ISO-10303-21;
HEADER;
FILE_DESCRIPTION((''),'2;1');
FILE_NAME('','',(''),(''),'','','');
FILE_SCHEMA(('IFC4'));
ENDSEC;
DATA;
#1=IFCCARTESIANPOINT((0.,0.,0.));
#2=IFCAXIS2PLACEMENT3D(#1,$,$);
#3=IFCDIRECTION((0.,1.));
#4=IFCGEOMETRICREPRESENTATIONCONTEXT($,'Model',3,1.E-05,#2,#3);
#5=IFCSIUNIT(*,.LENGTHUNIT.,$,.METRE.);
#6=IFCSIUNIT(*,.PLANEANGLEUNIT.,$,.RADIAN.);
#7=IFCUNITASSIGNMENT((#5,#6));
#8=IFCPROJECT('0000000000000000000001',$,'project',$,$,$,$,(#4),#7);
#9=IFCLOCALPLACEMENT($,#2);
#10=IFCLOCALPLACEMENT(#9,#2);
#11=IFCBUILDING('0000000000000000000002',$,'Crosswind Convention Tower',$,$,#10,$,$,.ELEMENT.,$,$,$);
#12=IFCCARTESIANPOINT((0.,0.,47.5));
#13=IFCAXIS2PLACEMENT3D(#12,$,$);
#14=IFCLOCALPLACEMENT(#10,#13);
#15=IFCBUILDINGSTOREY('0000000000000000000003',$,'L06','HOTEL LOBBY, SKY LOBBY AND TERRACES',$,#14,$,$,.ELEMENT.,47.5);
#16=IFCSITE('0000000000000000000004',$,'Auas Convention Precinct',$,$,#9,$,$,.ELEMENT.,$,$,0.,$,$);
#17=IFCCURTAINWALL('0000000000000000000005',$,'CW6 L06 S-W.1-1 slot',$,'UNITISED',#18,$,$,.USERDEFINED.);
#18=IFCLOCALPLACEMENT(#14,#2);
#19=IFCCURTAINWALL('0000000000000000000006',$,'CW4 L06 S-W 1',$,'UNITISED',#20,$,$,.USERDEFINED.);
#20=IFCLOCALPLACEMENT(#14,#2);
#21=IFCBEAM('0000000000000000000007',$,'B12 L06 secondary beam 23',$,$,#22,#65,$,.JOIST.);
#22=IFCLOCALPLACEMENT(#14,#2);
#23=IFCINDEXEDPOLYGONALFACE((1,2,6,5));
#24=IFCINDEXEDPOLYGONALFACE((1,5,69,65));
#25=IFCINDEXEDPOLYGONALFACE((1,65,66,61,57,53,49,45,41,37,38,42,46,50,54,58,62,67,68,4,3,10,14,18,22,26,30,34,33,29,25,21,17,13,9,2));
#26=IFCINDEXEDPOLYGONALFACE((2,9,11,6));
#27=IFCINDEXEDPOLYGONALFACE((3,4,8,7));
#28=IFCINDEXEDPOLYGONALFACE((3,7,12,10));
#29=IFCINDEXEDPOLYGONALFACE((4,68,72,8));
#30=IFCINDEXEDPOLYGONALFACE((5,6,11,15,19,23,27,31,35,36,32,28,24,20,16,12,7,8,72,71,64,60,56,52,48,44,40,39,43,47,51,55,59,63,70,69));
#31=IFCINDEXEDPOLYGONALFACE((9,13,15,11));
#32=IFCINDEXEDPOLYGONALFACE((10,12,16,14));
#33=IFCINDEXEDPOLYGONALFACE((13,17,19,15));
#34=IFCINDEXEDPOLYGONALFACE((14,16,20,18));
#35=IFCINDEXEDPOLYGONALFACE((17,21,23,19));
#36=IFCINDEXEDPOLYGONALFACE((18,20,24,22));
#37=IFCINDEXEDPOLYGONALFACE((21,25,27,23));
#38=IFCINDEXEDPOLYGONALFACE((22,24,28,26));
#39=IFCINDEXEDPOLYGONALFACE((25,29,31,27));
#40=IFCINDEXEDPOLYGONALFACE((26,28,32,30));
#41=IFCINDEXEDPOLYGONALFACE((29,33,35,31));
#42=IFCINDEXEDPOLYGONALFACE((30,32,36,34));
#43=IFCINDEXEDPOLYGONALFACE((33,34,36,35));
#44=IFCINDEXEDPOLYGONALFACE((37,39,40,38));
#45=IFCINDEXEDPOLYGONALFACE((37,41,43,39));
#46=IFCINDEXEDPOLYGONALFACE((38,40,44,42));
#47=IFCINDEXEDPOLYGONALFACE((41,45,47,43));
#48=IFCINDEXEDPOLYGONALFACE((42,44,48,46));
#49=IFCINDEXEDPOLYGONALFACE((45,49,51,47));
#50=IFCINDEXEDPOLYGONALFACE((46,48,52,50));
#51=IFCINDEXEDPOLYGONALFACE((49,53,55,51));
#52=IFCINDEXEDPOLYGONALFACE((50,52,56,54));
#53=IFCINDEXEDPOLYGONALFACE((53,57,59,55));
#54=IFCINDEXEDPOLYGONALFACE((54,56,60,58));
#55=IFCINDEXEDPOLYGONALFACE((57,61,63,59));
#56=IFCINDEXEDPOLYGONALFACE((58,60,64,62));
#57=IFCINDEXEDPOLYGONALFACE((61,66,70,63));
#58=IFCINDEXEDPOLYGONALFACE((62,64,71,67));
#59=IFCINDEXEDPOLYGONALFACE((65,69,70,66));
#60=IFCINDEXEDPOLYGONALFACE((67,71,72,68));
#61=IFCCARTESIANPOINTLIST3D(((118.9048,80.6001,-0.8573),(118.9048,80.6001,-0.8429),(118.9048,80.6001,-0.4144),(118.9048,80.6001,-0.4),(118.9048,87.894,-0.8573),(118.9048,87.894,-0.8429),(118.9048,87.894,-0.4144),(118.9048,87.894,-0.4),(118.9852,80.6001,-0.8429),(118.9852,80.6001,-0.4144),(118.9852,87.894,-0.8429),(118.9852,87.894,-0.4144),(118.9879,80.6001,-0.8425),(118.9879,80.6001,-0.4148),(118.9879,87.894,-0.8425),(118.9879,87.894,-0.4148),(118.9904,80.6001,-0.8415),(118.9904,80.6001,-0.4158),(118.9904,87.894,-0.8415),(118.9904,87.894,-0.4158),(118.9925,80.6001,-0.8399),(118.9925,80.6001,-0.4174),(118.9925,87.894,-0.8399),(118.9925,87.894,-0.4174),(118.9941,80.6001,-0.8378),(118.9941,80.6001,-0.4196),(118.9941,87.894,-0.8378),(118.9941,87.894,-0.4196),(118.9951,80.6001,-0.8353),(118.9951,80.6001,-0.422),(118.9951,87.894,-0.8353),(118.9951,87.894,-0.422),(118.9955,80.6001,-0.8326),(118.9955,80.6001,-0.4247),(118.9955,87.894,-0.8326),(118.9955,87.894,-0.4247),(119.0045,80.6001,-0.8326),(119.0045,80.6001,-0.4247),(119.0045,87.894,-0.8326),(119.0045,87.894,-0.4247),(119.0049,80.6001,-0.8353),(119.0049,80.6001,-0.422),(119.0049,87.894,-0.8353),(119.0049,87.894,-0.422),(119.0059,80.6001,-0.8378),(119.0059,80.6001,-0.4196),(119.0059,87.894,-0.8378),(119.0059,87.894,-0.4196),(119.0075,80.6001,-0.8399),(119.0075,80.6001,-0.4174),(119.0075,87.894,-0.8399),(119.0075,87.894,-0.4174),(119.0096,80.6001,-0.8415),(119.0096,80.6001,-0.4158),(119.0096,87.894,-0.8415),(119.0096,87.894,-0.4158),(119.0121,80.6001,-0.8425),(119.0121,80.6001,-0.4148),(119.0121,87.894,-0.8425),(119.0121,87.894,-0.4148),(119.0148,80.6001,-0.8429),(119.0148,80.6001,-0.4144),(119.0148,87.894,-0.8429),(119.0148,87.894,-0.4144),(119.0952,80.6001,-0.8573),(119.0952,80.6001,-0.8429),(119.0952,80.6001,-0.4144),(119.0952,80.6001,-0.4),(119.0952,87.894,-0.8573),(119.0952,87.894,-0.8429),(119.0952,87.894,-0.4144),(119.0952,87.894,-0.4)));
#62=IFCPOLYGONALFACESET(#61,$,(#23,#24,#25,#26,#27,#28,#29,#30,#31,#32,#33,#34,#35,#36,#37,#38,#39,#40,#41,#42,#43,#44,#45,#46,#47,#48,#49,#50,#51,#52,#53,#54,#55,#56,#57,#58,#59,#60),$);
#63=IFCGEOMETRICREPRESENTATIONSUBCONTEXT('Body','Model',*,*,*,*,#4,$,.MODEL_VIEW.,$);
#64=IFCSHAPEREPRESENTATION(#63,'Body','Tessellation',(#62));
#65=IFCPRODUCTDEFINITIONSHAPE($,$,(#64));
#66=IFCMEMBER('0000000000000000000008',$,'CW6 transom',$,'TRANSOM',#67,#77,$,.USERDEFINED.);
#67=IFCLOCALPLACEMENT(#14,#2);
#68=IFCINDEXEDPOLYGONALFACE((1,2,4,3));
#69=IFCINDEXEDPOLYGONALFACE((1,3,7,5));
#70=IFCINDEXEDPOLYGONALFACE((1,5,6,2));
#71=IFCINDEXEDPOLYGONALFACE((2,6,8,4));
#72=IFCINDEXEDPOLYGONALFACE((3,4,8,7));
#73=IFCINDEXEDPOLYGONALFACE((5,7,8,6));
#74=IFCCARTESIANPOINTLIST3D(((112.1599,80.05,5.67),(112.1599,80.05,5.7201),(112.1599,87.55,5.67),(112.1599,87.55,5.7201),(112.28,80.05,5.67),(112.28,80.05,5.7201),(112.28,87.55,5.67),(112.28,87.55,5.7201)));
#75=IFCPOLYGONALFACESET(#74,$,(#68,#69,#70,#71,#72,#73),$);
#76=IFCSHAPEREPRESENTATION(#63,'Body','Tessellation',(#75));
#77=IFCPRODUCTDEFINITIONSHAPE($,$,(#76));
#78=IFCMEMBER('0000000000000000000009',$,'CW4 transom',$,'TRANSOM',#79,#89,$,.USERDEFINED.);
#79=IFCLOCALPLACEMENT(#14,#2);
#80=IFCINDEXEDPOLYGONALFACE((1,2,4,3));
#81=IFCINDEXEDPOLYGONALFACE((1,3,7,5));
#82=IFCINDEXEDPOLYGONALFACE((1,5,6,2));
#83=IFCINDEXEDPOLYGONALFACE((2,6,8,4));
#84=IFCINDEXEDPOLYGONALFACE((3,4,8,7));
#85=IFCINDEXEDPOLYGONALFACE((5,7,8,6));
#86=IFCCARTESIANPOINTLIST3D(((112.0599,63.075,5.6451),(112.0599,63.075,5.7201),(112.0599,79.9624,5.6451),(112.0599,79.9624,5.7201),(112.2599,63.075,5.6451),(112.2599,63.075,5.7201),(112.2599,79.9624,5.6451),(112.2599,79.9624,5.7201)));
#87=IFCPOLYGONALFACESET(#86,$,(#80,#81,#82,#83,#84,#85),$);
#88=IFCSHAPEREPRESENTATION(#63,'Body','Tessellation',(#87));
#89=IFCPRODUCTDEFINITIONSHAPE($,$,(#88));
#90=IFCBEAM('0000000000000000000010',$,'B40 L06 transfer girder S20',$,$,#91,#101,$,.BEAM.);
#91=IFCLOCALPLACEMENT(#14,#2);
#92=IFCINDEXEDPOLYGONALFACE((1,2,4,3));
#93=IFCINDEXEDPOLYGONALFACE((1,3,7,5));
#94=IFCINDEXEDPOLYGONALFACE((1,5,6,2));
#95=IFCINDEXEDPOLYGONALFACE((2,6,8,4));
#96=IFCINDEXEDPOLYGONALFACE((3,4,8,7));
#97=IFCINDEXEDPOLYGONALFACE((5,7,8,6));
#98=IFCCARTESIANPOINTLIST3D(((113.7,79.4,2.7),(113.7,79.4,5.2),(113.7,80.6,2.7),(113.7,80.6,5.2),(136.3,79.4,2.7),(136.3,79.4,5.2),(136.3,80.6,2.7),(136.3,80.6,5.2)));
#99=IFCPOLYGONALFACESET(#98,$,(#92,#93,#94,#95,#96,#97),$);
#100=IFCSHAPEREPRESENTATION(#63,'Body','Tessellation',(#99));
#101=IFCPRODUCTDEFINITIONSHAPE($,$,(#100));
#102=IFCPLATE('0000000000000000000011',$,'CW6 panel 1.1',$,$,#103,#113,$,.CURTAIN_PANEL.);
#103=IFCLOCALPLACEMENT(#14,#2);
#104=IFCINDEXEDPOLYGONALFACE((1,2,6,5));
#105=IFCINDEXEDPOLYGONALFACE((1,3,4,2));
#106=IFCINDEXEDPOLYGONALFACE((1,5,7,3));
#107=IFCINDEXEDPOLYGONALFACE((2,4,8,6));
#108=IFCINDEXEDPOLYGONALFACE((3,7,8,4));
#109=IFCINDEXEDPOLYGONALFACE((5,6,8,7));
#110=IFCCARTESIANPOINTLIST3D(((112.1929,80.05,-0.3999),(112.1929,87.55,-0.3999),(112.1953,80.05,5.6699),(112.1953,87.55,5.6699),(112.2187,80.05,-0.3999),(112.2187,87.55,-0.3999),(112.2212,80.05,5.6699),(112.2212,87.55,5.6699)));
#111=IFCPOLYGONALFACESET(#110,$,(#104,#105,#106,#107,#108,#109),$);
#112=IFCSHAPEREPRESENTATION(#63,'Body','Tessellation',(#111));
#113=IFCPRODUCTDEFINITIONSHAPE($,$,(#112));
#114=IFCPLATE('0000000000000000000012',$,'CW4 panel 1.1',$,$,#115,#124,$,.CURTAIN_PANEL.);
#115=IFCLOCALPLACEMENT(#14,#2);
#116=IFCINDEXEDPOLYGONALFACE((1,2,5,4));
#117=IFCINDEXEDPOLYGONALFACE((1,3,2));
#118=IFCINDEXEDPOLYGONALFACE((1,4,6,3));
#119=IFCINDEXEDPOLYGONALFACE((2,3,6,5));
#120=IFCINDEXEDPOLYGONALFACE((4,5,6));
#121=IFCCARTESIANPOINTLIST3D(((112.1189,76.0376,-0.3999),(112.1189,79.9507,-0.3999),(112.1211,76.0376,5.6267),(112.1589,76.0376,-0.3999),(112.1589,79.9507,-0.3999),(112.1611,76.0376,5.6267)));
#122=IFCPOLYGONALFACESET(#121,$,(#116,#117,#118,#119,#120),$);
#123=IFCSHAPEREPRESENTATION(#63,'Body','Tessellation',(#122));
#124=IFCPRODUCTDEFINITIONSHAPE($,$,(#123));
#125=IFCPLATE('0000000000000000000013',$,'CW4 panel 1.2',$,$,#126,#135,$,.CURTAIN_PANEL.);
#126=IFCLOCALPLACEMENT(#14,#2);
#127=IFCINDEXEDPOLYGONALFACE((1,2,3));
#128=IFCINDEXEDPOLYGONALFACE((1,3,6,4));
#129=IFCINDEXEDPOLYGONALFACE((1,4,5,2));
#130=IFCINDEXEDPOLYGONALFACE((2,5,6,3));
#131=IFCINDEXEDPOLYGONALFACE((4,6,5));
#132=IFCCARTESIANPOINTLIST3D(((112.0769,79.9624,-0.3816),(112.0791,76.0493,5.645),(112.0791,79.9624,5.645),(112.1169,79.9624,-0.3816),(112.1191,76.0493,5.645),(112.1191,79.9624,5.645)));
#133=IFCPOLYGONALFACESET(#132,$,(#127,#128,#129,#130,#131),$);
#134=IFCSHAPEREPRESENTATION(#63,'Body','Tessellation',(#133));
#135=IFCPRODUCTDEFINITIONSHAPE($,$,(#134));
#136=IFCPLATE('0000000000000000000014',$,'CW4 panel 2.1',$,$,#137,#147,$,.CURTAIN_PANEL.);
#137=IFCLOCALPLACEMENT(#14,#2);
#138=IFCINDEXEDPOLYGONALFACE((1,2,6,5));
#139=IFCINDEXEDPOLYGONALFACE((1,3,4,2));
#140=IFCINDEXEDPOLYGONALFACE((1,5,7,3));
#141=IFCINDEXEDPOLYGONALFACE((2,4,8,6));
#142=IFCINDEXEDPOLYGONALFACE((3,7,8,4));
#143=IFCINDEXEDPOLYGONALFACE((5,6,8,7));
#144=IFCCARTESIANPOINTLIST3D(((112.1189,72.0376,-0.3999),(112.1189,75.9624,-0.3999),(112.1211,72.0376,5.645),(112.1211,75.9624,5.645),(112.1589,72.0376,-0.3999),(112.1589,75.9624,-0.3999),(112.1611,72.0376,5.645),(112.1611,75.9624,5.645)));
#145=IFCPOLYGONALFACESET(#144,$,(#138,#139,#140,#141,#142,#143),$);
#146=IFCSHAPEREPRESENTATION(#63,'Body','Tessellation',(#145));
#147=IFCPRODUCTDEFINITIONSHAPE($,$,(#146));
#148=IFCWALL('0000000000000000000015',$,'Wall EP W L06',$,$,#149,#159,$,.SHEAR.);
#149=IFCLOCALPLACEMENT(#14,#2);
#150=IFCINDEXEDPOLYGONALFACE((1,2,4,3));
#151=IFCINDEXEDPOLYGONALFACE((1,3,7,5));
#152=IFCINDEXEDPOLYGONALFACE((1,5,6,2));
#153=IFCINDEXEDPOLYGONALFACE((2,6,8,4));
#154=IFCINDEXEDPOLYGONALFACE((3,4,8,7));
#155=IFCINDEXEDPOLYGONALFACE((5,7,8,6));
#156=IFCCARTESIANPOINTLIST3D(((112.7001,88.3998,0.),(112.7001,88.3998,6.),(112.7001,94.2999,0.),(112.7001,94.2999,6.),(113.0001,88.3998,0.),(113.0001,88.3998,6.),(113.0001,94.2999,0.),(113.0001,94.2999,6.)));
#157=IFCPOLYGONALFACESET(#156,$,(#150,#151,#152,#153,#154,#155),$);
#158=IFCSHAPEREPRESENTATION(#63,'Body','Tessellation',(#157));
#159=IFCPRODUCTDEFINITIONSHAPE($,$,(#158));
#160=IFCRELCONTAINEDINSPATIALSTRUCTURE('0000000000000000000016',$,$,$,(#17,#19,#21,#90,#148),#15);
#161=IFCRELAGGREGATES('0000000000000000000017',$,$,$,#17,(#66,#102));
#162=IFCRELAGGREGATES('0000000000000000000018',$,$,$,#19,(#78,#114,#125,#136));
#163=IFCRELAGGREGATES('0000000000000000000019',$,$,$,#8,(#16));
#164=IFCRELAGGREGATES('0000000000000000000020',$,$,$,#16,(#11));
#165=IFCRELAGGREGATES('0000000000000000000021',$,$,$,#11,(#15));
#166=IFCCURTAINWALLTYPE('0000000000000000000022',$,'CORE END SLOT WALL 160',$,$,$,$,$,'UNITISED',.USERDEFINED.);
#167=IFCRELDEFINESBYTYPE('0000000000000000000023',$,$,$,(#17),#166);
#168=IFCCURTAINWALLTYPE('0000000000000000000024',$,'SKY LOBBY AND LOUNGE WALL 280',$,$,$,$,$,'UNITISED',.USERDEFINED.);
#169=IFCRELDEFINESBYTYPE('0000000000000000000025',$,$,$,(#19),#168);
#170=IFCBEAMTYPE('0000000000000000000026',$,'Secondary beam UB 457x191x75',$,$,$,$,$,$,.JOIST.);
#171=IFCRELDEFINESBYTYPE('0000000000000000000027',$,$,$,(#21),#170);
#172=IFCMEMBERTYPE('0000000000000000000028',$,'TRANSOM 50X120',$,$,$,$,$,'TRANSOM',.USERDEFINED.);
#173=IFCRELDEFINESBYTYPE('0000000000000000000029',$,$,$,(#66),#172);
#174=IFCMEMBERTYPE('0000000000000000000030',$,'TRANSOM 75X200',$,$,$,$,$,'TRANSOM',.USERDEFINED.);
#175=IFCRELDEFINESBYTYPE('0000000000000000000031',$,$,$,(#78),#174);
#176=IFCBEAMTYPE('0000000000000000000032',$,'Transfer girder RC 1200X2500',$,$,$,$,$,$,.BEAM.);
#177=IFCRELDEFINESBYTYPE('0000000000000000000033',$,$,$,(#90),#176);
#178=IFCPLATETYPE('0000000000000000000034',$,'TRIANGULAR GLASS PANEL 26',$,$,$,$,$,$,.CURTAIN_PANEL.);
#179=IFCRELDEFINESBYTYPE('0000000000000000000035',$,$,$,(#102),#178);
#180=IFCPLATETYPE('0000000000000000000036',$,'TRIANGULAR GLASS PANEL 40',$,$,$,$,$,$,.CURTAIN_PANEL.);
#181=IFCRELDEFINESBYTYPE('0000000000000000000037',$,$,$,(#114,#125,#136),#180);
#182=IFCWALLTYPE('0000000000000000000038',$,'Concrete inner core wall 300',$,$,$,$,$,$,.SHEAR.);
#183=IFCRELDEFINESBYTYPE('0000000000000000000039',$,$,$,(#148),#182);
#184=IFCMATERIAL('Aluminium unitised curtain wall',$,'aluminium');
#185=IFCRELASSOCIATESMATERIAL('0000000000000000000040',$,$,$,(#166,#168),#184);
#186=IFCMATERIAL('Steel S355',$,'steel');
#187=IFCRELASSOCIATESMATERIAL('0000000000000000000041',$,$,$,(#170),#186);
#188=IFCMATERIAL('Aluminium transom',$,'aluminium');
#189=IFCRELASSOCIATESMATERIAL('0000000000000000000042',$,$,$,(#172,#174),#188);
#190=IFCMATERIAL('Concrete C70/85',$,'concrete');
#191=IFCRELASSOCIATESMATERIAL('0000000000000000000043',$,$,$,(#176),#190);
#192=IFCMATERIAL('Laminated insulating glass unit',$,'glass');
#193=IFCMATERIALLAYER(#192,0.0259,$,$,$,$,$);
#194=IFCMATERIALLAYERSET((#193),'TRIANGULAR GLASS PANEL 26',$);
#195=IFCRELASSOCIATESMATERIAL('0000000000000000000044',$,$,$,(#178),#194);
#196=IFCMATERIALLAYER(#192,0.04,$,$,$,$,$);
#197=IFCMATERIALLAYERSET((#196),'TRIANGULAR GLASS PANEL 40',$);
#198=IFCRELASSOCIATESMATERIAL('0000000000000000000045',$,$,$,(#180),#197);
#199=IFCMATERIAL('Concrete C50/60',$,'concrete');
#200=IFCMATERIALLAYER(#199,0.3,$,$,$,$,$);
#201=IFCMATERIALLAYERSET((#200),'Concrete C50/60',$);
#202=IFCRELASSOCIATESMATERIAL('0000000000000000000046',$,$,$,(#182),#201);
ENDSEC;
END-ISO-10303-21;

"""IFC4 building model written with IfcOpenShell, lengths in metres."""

from ifc_helpers import new_model, si_unit, direction, frame, frame_2d, origin, origin_2d, place, context, subcontext, project, spatial, polyline, rectangle, i_section, outline, extrude, material, layer, layer_set, material_profile, profile_set, type_object, element, aggregate, save


model = new_model("IFC4")

# Units and contexts
model_context = context("Model", 3, precision=1e-05, world=origin(), true_north=direction((0.0, 1.0)))
body_context = subcontext(model_context, "Body", "Model", "MODEL_VIEW")
ifc_project = project(units=[si_unit("LENGTHUNIT", "METRE"), si_unit("PLANEANGLEUNIT", "RADIAN")], contexts=[model_context])

# Site, building, storey
site_placement = place(None, origin())
site = spatial("IfcSite", under=ifc_project, at=site_placement, Name="Auas Convention Precinct", CompositionType="ELEMENT", RefElevation=0.0)
building_placement = place(site_placement, origin())
building = spatial("IfcBuilding", under=site, at=building_placement, Name="Crosswind Convention Tower", CompositionType="ELEMENT")
storey_placement = place(building_placement, frame((0.0, 0.0, 47.5)))
storey = spatial("IfcBuildingStorey", under=building, at=storey_placement, Name="L06", Description="HOTEL LOBBY, SKY LOBBY AND TERRACES", CompositionType="ELEMENT", Elevation=47.5)

# Shared definitions
ifc_material_1 = material(Name="Concrete C70/85", Category="concrete")

# Shared definitions
ifc_material_2 = material(Name="Steel S355", Category="steel")

# Curtain walls
ifc_material_3 = material(Name="Aluminium unitised curtain wall", Category="aluminium")
curtain_wall_type_1 = type_object("IfcCurtainWallType", Name="CORE END SLOT WALL 160", ElementType="UNITISED", PredefinedType="USERDEFINED", material=ifc_material_3)
curtain_wall_1_placement = place(storey_placement, origin())
curtain_wall_1 = element("IfcCurtainWall", 1, at=curtain_wall_1_placement, inside=storey, type_object=curtain_wall_type_1, Name="CW6 L06 S-W.1-1 slot", ObjectType="UNITISED", PredefinedType="USERDEFINED")
curtain_wall_type_2 = type_object("IfcCurtainWallType", Name="SKY LOBBY AND LOUNGE WALL 280", ElementType="UNITISED", PredefinedType="USERDEFINED", material=ifc_material_3)
curtain_wall_2_placement = place(storey_placement, origin())
curtain_wall_2 = element("IfcCurtainWall", 2, at=curtain_wall_2_placement, inside=storey, type_object=curtain_wall_type_2, Name="CW4 L06 S-W 1", ObjectType="UNITISED", PredefinedType="USERDEFINED")

# Beam
ifc_material_profile_1 = material_profile(ifc_material_2, i_section(OverallWidth=0.1904, OverallDepth=0.4573, WebThickness=0.009, FlangeThickness=0.0144, FilletRadius=0.0103, at=origin_2d()), Name="UB 457x191x75")
ifc_profile_set_1 = profile_set([ifc_material_profile_1], Name="Steel S355")
beam_type_1 = type_object("IfcBeamType", Name="Secondary beam UB 457x191x75", PredefinedType="JOIST", material=ifc_profile_set_1)
for number, where, z_axis, x_axis, name in (
    (3, (119.0, 80.6001, -0.6287), (0.0, 1.0, 0.0), (-1.0, 0.0, 0.0), "B12 L06 secondary beam 23"),
):
    element("IfcBeam", number, at=place(storey_placement, frame(where, z_axis=z_axis, x_axis=x_axis)), inside=storey, type_object=beam_type_1, Name=name, PredefinedType="JOIST", context=body_context, shape_type="SweptSolid", body=[
        extrude(i_section(OverallWidth=0.1904, OverallDepth=0.4573, WebThickness=0.009, FlangeThickness=0.0144, FilletRadius=0.0103, at=origin_2d()), origin(), (0.0, 0.0, 1.0), 7.2939),
    ])

# Members
ifc_material_4 = material(Name="Aluminium transom", Category="aluminium")
ifc_material_profile_2 = material_profile(ifc_material_4, rectangle(XDim=0.1201, YDim=0.05, at=origin_2d()), Name="AL 120X50")
ifc_profile_set_2 = profile_set([ifc_material_profile_2], Name="Aluminium transom")
member_type_1 = type_object("IfcMemberType", Name="TRANSOM 50X120", ElementType="TRANSOM", PredefinedType="USERDEFINED", material=ifc_profile_set_2)
member_1_placement = place(storey_placement, frame((112.22, 87.55, 5.6951), z_axis=(0.0, -1.0, 0.0), x_axis=(1.0, 0.0, 0.0)))
member_1 = element("IfcMember", 4, at=member_1_placement, type_object=member_type_1, Name="CW6 transom", ObjectType="TRANSOM", PredefinedType="USERDEFINED", context=body_context, shape_type="SweptSolid", body=[
    extrude(rectangle(XDim=0.1201, YDim=0.05, at=origin_2d()), origin(), (0.0, 0.0, 1.0), 7.5),
])
ifc_material_profile_3 = material_profile(ifc_material_4, rectangle(XDim=0.2, YDim=0.075, at=origin_2d()), Name="AL 200X75")
ifc_profile_set_3 = profile_set([ifc_material_profile_3], Name="Aluminium transom")
member_type_2 = type_object("IfcMemberType", Name="TRANSOM 75X200", ElementType="TRANSOM", PredefinedType="USERDEFINED", material=ifc_profile_set_3)
member_2_placement = place(storey_placement, frame((112.1599, 79.9624, 5.6826), z_axis=(0.0, -1.0, 0.0), x_axis=(1.0, 0.0, 0.0)))
member_2 = element("IfcMember", 5, at=member_2_placement, type_object=member_type_2, Name="CW4 transom", ObjectType="TRANSOM", PredefinedType="USERDEFINED", context=body_context, shape_type="SweptSolid", body=[
    extrude(rectangle(XDim=0.2, YDim=0.075, at=origin_2d()), origin(), (0.0, 0.0, 1.0), 16.8875),
])

# Beam
ifc_material_profile_4 = material_profile(ifc_material_1, rectangle(XDim=1.2, YDim=2.5, at=origin_2d()), Name="RC 1200X2500")
ifc_profile_set_4 = profile_set([ifc_material_profile_4], Name="Concrete C70/85")
beam_type_2 = type_object("IfcBeamType", Name="Transfer girder RC 1200X2500", PredefinedType="BEAM", material=ifc_profile_set_4)
beam_1_placement = place(storey_placement, frame((113.7, 80.0, 3.95), z_axis=(1.0, 0.0, 0.0), x_axis=(0.0, 1.0, 0.0)))
element("IfcBeam", 6, at=beam_1_placement, inside=storey, type_object=beam_type_2, Name="B40 L06 transfer girder S20", PredefinedType="BEAM", context=body_context, shape_type="SweptSolid", body=[
    extrude(rectangle(XDim=1.2, YDim=2.5, at=origin_2d()), origin(), (0.0, 0.0, 1.0), 22.6001),
])

# Plates
ifc_material_5 = material(Name="Laminated insulating glass unit", Category="glass")
ifc_layer_1 = layer(ifc_material_5, 0.0259)
ifc_layer_set_1 = layer_set([ifc_layer_1], Name="TRIANGULAR GLASS PANEL 26")
plate_type_1 = type_object("IfcPlateType", Name="TRIANGULAR GLASS PANEL 26", PredefinedType="CURTAIN_PANEL", material=ifc_layer_set_1)
plate_1_placement = place(storey_placement, frame((112.1929, 87.55, -0.3999), z_axis=(-1.0, 0.0, 0.000402), x_axis=(0.0, -1.0, 0.0)))
plate_1 = element("IfcPlate", 7, at=plate_1_placement, type_object=plate_type_1, Name="CW6 panel 1.1", PredefinedType="CURTAIN_PANEL", context=body_context, shape_type="SweptSolid", body=[
    extrude(outline(polyline([(0.0, 0.0), (7.5, 0.0), (7.5, 6.0698), (0.0, 6.0698), (0.0, 0.0)])), origin(), (0.0, 0.0, -1.0), 0.0259),
])
aggregate(curtain_wall_1, [member_1, plate_1])
ifc_layer_2 = layer(ifc_material_5, 0.04)
ifc_layer_set_2 = layer_set([ifc_layer_2], Name="TRIANGULAR GLASS PANEL 40")
plate_type_2 = type_object("IfcPlateType", Name="TRIANGULAR GLASS PANEL 40", PredefinedType="CURTAIN_PANEL", material=ifc_layer_set_2)
plate_2_placement = place(storey_placement, frame((112.1189, 76.0376, -0.3999), z_axis=(-1.0, 0.0, 0.000365), x_axis=(0.000365, 0.0, 1.0)))
plate_2 = element("IfcPlate", 8, at=plate_2_placement, type_object=plate_type_2, Name="CW4 panel 1.1", PredefinedType="CURTAIN_PANEL", context=body_context, shape_type="SweptSolid", body=[
    extrude(outline(polyline([(0.0, 0.0), (6.0266, 0.0), (0.0, 3.9131), (0.0, 0.0)])), origin(), (0.0, 0.0, -1.0), 0.04),
])
plate_3_placement = place(storey_placement, frame((112.0791, 79.9624, 5.645), z_axis=(-1.0, 0.0, 0.000365), x_axis=(-0.000365, 0.0, -1.0)))
plate_3 = element("IfcPlate", 9, at=plate_3_placement, type_object=plate_type_2, Name="CW4 panel 1.2", PredefinedType="CURTAIN_PANEL", context=body_context, shape_type="SweptSolid", body=[
    extrude(outline(polyline([(0.0, 0.0), (6.0266, 0.0), (0.0, 3.9131), (0.0, 0.0)])), origin(), (0.0, 0.0, -1.0), 0.04),
])
plate_4_placement = place(storey_placement, frame((112.1189, 75.9624, -0.3999), z_axis=(-1.0, 0.0, 0.000363), x_axis=(0.0, -1.0, 0.0)))
plate_4 = element("IfcPlate", 10, at=plate_4_placement, type_object=plate_type_2, Name="CW4 panel 2.1", PredefinedType="CURTAIN_PANEL", context=body_context, shape_type="SweptSolid", body=[
    extrude(outline(polyline([(0.0, 0.0), (3.9248, 0.0), (3.9248, 6.0449), (0.0, 6.0449), (0.0, 0.0)])), origin(), (0.0, 0.0, -1.0), 0.04),
])
aggregate(curtain_wall_2, [member_2, plate_2, plate_3, plate_4])

# Wall
ifc_material_6 = material(Name="Concrete C50/60", Category="concrete")
ifc_layer_3 = layer(ifc_material_6, 0.3)
ifc_layer_set_3 = layer_set([ifc_layer_3], Name="Concrete C50/60")
wall_type_1 = type_object("IfcWallType", Name="Concrete inner core wall 300", PredefinedType="SHEAR", material=ifc_layer_set_3)
wall_1_placement = place(storey_placement, frame((112.8501, 94.3, 0.0), z_axis=(0.0, 0.0, 1.0), x_axis=(0.0, -1.0, 0.0)))
element("IfcWall", 11, at=wall_1_placement, inside=storey, type_object=wall_type_1, Name="Wall EP W L06", PredefinedType="SHEAR", context=body_context, shape_type="SweptSolid", body=[
    extrude(rectangle(XDim=5.9001, YDim=0.3, at=frame_2d((2.9502, 0.0))), origin(), (0.0, 0.0, 1.0), 6.0),
])

save(model, "model.ifc")
